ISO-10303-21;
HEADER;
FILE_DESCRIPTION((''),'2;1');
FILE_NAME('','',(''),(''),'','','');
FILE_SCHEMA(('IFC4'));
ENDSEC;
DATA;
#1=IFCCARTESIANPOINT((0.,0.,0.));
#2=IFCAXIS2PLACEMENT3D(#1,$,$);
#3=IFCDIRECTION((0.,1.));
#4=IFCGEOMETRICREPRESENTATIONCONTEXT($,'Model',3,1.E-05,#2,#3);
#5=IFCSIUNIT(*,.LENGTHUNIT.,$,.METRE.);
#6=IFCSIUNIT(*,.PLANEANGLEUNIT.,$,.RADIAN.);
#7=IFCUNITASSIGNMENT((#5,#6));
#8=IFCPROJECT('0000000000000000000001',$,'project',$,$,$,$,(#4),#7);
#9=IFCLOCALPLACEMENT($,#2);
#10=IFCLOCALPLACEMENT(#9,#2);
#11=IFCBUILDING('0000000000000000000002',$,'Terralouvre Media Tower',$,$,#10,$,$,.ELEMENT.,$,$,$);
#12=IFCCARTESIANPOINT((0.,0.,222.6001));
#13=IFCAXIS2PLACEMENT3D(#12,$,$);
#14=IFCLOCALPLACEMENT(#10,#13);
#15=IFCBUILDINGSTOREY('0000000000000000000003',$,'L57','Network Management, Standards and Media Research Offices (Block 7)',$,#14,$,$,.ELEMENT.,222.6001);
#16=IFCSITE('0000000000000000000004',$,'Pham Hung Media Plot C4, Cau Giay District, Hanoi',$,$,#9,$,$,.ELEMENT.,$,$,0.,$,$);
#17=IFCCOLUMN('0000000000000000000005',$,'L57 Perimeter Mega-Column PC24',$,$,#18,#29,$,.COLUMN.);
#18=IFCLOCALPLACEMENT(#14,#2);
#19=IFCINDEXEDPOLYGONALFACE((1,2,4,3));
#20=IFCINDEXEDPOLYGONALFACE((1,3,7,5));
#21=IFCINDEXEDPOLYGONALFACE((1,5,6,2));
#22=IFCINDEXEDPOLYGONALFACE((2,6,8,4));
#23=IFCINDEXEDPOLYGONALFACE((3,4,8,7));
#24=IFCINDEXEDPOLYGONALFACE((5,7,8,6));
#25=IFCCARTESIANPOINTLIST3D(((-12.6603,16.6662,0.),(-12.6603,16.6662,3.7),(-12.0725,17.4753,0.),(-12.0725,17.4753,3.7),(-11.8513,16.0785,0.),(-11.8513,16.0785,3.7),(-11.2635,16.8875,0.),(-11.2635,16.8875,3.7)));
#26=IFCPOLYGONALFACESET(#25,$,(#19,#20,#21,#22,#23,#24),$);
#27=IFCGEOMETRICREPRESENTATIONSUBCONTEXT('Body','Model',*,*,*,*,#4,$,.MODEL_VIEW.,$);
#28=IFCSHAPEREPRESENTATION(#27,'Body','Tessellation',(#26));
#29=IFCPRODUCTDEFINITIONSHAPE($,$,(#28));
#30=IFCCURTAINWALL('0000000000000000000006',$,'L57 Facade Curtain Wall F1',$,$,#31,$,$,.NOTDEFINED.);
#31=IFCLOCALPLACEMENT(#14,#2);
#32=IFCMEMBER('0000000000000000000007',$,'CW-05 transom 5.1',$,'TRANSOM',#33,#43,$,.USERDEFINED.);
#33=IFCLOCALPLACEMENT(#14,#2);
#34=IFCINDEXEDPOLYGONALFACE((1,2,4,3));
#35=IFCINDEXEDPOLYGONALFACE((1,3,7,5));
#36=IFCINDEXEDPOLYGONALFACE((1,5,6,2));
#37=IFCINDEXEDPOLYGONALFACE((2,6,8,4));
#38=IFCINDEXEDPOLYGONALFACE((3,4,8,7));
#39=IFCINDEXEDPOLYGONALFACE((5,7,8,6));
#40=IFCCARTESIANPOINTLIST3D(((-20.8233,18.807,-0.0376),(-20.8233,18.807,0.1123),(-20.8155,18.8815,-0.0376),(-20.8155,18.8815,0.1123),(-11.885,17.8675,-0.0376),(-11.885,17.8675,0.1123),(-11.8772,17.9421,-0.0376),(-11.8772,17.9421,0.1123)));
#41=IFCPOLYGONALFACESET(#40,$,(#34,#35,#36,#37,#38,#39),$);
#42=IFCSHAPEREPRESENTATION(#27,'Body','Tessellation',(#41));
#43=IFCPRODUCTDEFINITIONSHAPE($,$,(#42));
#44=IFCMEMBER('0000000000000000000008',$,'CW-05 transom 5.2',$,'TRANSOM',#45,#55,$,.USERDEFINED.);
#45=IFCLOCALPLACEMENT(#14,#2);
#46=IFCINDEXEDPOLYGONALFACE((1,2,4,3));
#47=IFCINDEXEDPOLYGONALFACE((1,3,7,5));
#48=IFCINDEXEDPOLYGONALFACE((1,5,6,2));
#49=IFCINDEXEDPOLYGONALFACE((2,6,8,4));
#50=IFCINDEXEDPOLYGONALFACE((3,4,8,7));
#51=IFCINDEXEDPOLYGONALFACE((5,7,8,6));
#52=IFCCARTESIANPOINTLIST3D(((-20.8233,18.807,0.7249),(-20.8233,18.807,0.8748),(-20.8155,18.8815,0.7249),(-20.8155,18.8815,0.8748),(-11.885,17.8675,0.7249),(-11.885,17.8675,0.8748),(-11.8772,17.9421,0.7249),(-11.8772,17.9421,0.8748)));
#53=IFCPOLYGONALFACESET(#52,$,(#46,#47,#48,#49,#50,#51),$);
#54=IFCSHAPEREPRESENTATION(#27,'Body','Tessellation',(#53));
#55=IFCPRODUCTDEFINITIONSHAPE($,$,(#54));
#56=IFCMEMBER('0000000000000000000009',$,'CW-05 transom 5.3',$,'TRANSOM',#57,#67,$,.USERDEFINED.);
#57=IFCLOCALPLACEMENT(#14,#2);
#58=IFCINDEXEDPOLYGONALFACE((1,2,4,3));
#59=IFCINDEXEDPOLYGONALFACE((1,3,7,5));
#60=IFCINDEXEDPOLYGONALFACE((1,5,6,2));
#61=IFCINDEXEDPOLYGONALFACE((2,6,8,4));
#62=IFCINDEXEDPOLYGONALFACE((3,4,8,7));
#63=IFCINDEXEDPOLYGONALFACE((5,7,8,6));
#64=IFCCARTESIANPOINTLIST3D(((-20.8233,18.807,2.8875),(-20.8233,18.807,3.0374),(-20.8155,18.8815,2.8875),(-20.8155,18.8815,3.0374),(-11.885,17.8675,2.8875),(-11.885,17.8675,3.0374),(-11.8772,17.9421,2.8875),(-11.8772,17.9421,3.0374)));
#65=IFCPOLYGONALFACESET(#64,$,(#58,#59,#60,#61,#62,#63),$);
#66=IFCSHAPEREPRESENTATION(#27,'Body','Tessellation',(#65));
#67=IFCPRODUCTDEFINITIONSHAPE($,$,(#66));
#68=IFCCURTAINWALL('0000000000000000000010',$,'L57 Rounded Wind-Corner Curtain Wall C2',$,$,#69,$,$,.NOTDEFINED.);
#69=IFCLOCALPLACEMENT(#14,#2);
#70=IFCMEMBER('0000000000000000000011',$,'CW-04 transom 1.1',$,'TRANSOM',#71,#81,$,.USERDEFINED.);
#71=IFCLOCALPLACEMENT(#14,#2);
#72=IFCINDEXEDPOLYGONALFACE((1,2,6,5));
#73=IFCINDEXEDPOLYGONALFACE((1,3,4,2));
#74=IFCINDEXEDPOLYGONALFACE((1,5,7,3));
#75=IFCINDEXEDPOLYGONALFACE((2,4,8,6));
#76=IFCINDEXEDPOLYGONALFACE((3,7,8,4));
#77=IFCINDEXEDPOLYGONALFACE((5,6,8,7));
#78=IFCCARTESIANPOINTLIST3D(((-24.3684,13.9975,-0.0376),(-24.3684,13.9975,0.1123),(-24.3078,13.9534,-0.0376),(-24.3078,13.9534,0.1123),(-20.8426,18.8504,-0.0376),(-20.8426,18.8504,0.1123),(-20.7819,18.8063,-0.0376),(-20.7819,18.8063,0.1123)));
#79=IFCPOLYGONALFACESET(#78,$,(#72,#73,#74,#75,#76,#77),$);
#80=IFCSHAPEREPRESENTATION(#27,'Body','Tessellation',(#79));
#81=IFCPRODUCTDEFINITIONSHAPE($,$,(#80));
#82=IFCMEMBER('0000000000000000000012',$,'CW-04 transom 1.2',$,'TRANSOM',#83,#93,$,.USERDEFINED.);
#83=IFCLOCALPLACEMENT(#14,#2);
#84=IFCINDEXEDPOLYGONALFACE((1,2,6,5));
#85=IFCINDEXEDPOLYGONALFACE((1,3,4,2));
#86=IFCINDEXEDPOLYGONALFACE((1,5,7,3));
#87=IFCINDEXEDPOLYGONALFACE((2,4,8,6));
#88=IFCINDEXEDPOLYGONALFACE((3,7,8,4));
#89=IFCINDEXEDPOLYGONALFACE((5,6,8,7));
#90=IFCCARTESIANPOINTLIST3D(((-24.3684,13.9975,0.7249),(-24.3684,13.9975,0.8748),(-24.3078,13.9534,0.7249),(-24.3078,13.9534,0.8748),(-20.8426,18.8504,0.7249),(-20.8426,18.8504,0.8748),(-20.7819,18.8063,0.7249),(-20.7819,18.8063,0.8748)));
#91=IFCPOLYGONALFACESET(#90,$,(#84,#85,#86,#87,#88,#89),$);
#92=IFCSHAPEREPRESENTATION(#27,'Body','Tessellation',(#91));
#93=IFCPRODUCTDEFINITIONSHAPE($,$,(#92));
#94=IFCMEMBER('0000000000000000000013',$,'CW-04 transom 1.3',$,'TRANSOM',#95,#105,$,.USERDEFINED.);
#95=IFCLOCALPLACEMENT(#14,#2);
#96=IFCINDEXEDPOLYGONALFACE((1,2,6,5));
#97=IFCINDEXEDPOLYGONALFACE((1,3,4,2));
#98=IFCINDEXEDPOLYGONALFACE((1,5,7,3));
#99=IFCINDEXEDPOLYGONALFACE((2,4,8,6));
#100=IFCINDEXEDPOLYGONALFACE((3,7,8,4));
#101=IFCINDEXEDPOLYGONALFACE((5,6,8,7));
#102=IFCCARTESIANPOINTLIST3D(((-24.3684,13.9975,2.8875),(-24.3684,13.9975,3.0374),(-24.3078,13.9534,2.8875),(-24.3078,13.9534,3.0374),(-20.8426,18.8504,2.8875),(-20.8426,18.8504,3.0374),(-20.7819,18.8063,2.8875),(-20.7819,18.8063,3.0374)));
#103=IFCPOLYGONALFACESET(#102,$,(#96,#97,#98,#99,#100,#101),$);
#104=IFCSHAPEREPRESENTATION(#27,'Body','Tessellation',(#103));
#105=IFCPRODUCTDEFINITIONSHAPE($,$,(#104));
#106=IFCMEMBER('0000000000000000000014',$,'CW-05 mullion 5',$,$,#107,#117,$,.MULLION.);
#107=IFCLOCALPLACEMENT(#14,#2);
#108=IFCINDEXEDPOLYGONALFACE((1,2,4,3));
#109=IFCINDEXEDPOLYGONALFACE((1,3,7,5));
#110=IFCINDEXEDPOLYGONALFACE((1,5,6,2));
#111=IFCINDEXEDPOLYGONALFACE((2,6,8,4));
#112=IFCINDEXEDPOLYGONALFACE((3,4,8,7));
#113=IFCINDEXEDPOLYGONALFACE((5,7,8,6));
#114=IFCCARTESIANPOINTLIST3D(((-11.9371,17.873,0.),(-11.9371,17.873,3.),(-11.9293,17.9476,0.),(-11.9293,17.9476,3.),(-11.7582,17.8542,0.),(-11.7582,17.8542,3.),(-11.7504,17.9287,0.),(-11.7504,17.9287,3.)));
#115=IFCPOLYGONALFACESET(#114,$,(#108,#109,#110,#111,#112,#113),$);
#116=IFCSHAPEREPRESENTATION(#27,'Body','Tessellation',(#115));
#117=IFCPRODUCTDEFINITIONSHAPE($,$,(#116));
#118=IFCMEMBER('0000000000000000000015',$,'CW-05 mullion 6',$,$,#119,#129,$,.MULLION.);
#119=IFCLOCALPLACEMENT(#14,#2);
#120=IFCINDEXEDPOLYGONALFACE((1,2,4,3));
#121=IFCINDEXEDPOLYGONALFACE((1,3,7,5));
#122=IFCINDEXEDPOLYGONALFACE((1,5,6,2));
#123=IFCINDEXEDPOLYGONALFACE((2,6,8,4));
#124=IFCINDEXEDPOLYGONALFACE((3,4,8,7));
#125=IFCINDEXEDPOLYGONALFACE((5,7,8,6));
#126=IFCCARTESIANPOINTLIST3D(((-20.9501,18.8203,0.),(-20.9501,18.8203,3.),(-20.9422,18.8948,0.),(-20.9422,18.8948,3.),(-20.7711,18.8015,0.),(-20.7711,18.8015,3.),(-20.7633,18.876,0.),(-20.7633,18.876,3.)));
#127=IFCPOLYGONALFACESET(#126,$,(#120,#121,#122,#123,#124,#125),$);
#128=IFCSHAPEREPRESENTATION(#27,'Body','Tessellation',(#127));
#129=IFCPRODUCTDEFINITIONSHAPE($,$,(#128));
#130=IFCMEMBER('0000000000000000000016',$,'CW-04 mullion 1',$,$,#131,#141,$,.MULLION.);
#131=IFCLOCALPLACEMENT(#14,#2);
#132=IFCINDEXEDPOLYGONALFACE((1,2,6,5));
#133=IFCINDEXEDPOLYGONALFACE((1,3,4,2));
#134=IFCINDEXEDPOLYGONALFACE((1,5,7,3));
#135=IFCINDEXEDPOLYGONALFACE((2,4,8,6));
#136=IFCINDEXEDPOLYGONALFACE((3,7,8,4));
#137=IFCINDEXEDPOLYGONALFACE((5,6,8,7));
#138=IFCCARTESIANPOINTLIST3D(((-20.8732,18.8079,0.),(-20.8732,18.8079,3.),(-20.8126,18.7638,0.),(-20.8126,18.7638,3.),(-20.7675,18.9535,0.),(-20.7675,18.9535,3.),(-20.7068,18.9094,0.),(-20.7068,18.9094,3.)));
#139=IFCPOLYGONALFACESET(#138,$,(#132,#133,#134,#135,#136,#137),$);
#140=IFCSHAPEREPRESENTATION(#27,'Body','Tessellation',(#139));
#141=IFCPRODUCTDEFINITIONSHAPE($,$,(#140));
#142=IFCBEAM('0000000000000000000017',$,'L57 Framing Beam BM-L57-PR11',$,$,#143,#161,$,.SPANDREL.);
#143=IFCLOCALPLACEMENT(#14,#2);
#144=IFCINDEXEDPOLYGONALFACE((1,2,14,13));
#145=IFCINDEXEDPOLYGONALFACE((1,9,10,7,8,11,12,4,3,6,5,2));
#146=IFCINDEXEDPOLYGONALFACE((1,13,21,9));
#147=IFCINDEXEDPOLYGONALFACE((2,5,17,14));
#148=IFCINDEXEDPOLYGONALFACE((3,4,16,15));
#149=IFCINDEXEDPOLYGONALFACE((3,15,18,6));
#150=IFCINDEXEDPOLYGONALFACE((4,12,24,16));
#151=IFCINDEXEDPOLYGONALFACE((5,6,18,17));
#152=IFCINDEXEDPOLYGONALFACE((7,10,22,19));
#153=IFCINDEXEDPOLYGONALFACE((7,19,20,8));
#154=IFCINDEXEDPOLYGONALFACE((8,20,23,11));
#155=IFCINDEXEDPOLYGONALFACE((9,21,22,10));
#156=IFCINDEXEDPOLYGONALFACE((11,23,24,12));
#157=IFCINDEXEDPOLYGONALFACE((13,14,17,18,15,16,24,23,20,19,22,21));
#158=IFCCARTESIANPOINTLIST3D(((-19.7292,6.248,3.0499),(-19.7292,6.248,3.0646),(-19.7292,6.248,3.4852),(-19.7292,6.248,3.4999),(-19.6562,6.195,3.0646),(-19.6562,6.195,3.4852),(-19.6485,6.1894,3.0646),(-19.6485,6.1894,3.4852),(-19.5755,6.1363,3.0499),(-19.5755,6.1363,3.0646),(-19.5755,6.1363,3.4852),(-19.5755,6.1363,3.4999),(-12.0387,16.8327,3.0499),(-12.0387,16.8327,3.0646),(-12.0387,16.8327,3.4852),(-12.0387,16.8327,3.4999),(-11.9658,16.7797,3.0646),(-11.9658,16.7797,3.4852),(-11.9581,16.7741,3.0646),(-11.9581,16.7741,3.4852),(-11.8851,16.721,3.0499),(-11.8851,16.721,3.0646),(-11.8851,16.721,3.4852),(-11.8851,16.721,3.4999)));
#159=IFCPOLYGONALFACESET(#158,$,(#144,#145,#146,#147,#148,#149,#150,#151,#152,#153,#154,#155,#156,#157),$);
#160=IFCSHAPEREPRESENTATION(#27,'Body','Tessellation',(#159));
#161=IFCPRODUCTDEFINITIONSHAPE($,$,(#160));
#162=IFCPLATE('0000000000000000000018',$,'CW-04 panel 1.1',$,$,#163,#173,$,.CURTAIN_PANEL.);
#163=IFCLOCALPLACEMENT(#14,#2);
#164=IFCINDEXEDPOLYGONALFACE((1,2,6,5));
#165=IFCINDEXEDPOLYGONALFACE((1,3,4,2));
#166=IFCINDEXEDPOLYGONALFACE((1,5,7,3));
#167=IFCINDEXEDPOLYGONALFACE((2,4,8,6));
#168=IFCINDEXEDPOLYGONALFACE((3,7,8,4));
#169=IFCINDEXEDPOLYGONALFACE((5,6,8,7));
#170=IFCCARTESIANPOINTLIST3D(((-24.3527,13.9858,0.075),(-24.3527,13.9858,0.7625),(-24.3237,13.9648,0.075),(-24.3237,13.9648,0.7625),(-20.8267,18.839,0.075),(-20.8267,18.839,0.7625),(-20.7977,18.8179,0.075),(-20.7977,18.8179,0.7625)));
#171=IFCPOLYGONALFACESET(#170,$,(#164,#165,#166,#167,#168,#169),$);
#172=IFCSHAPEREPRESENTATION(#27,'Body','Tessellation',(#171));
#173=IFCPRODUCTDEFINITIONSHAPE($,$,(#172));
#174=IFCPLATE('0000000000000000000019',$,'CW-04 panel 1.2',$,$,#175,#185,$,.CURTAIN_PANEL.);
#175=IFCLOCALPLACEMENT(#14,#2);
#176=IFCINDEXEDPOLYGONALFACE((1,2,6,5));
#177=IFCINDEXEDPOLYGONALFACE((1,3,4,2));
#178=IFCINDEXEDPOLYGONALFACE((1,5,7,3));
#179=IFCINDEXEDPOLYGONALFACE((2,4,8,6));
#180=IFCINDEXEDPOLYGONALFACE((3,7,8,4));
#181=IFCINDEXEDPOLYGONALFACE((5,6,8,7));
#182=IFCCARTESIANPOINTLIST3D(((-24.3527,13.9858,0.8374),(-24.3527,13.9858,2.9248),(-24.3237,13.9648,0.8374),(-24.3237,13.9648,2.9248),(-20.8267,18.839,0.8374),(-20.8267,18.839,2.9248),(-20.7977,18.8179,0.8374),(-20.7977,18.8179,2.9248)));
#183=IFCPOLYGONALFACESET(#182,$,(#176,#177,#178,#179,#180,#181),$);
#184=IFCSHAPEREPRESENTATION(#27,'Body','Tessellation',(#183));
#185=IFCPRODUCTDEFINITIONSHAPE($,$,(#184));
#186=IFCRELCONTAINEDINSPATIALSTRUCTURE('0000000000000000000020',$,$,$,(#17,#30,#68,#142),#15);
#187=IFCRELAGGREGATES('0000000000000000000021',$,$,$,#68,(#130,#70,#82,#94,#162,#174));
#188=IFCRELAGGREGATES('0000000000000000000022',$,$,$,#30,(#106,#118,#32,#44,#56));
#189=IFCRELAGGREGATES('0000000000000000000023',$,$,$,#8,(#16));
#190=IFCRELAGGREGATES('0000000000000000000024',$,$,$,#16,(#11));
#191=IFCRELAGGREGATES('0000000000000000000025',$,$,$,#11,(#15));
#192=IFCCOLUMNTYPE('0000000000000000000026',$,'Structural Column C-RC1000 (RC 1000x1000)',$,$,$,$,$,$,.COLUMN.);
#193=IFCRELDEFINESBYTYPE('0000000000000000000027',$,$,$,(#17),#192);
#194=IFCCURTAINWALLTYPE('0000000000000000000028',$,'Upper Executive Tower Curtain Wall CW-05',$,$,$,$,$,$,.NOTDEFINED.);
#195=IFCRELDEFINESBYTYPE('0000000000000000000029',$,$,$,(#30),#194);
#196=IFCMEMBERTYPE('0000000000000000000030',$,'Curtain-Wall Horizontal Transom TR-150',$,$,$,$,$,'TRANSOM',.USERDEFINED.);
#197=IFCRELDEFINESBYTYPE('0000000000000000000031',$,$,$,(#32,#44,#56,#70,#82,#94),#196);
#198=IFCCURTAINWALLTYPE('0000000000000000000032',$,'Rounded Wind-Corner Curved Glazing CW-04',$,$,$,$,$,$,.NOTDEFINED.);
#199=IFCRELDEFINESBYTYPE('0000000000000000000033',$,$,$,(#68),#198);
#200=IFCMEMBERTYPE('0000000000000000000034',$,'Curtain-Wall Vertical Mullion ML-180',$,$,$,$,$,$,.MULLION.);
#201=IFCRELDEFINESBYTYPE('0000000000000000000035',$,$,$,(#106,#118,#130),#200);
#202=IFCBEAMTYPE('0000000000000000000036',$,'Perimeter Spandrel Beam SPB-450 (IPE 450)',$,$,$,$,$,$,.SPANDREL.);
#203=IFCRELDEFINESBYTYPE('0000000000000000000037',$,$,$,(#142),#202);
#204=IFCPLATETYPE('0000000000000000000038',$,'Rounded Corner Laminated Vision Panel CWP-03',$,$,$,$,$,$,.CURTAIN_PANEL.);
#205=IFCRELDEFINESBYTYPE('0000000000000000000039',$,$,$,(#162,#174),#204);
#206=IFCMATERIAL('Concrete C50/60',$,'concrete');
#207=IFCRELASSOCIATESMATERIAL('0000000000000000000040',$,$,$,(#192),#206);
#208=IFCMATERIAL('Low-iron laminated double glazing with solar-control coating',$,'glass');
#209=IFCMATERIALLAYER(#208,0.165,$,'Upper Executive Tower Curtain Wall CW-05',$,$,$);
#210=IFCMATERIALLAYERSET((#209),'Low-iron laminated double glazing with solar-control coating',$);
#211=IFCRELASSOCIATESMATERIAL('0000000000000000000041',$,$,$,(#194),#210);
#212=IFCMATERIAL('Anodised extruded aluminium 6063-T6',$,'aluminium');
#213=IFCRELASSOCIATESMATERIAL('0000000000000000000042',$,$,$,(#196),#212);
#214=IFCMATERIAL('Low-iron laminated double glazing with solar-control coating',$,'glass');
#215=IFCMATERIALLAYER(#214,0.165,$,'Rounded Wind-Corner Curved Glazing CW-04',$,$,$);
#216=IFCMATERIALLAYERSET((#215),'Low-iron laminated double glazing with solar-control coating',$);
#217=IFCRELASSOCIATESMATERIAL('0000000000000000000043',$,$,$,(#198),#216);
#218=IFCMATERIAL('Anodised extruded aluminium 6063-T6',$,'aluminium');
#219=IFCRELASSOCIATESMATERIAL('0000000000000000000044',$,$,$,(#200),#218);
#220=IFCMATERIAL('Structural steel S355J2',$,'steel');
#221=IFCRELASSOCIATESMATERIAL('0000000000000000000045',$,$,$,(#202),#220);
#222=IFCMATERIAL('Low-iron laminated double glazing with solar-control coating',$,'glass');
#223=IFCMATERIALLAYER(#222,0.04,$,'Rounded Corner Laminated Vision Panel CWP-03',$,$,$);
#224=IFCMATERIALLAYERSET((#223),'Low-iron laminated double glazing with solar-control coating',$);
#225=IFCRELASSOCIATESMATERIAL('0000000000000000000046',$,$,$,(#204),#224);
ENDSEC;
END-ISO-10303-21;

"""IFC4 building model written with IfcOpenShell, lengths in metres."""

from ifc_helpers import new_model, si_unit, direction, frame, origin, origin_2d, place, context, subcontext, project, spatial, rectangle, i_section, extrude, material, layer, layer_set, material_profile, profile_set, type_object, element, aggregate, save


model = new_model("IFC4")

# Units and contexts
model_context = context("Model", 3, precision=1e-05, world=origin(), true_north=direction((0.0, 1.0)))
body_context = subcontext(model_context, "Body", "Model", "MODEL_VIEW")
ifc_project = project(units=[si_unit("LENGTHUNIT", "METRE"), si_unit("PLANEANGLEUNIT", "RADIAN")], contexts=[model_context])

# Site, building, storey
site_placement = place(None, origin())
site = spatial("IfcSite", under=ifc_project, at=site_placement, Name="Pham Hung Media Plot C4, Cau Giay District, Hanoi", CompositionType="ELEMENT", RefElevation=0.0)
building_placement = place(site_placement, origin())
building = spatial("IfcBuilding", under=site, at=building_placement, Name="Terralouvre Media Tower", CompositionType="ELEMENT")
storey_placement = place(building_placement, frame((0.0, 0.0, 222.6001)))
storey = spatial("IfcBuildingStorey", under=building, at=storey_placement, Name="L57", Description="Network Management, Standards and Media Research Offices (Block 7)", CompositionType="ELEMENT", Elevation=222.6001)

# Column
ifc_material_1 = material(Name="Concrete C50/60", Category="concrete")
ifc_material_profile_1 = material_profile(ifc_material_1, rectangle(XDim=1.0, YDim=1.0, at=origin_2d()), Name="RC 1000x1000")
ifc_profile_set_1 = profile_set([ifc_material_profile_1], Name="Concrete C50/60")
column_type = type_object("IfcColumnType", Name="Structural Column C-RC1000 (RC 1000x1000)", PredefinedType="COLUMN", material=ifc_profile_set_1)
column_placement = place(storey_placement, frame((-11.9619, 16.7769, 0.0), z_axis=(0.0, 0.0, 1.0), x_axis=(0.587785, 0.809017, 0.0)))
element("IfcColumn", 1, at=column_placement, inside=storey, type_object=column_type, Name="L57 Perimeter Mega-Column PC24", PredefinedType="COLUMN", context=body_context, shape_type="SweptSolid", body=[
    extrude(rectangle(XDim=1.0, YDim=1.0, at=origin_2d()), origin(), (0.0, 0.0, 1.0), 3.7),
])

# Curtain walls, members
ifc_material_2 = material(Name="Low-iron laminated double glazing with solar-control coating", Category="glass")
ifc_layer_1 = layer(ifc_material_2, 0.165, Name="Upper Executive Tower Curtain Wall CW-05")
ifc_layer_set_1 = layer_set([ifc_layer_1], Name="Low-iron laminated double glazing with solar-control coating")
curtain_wall_type_1 = type_object("IfcCurtainWallType", Name="Upper Executive Tower Curtain Wall CW-05", PredefinedType="NOTDEFINED", material=ifc_layer_set_1)
curtain_wall_1_placement = place(storey_placement, origin())
curtain_wall_1 = element("IfcCurtainWall", 2, at=curtain_wall_1_placement, inside=storey, type_object=curtain_wall_type_1, Name="L57 Facade Curtain Wall F1", PredefinedType="NOTDEFINED")
ifc_material_3 = material(Name="Anodised extruded aluminium 6063-T6", Category="aluminium")
ifc_material_profile_2 = material_profile(ifc_material_3, rectangle(XDim=0.075, YDim=0.1499, at=origin_2d()), Name="ALU 75x150")
ifc_profile_set_2 = profile_set([ifc_material_profile_2], Name="Anodised extruded aluminium 6063-T6")
member_type_1 = type_object("IfcMemberType", Name="Curtain-Wall Horizontal Transom TR-150", ElementType="TRANSOM", PredefinedType="USERDEFINED", material=ifc_profile_set_2)
member_1_placement = place(storey_placement, frame((-11.8811, 17.9048, 0.0374), z_axis=(-0.994522, 0.104529, 0.0), x_axis=(-0.104529, -0.994522, 0.0)))
member_1 = element("IfcMember", 3, at=member_1_placement, type_object=member_type_1, Name="CW-05 transom 5.1", ObjectType="TRANSOM", PredefinedType="USERDEFINED", context=body_context, shape_type="SweptSolid", body=[
    extrude(rectangle(XDim=0.075, YDim=0.1499, at=origin_2d()), origin(), (0.0, 0.0, 1.0), 8.9875),
])
member_2_placement = place(storey_placement, frame((-11.8811, 17.9048, 0.7998), z_axis=(-0.994522, 0.104529, 0.0), x_axis=(-0.104529, -0.994522, 0.0)))
member_2 = element("IfcMember", 4, at=member_2_placement, type_object=member_type_1, Name="CW-05 transom 5.2", ObjectType="TRANSOM", PredefinedType="USERDEFINED", context=body_context, shape_type="SweptSolid", body=[
    extrude(rectangle(XDim=0.075, YDim=0.1499, at=origin_2d()), origin(), (0.0, 0.0, 1.0), 8.9875),
])
member_3_placement = place(storey_placement, frame((-11.8811, 17.9048, 2.9624), z_axis=(-0.994522, 0.104529, 0.0), x_axis=(-0.104529, -0.994522, 0.0)))
member_3 = element("IfcMember", 5, at=member_3_placement, type_object=member_type_1, Name="CW-05 transom 5.3", ObjectType="TRANSOM", PredefinedType="USERDEFINED", context=body_context, shape_type="SweptSolid", body=[
    extrude(rectangle(XDim=0.075, YDim=0.1499, at=origin_2d()), origin(), (0.0, 0.0, 1.0), 8.9875),
])
ifc_material_4 = material(Name="Low-iron laminated double glazing with solar-control coating", Category="glass")
ifc_layer_2 = layer(ifc_material_4, 0.165, Name="Rounded Wind-Corner Curved Glazing CW-04")
ifc_layer_set_2 = layer_set([ifc_layer_2], Name="Low-iron laminated double glazing with solar-control coating")
curtain_wall_type_2 = type_object("IfcCurtainWallType", Name="Rounded Wind-Corner Curved Glazing CW-04", PredefinedType="NOTDEFINED", material=ifc_layer_set_2)
curtain_wall_2_placement = place(storey_placement, origin())
curtain_wall_2 = element("IfcCurtainWall", 6, at=curtain_wall_2_placement, inside=storey, type_object=curtain_wall_type_2, Name="L57 Rounded Wind-Corner Curtain Wall C2", PredefinedType="NOTDEFINED")
member_4_placement = place(storey_placement, frame((-20.8123, 18.8284, 0.0374), z_axis=(-0.58778, -0.809021, 0.0), x_axis=(0.809021, -0.58778, 0.0)))
member_4 = element("IfcMember", 7, at=member_4_placement, type_object=member_type_1, Name="CW-04 transom 1.1", ObjectType="TRANSOM", PredefinedType="USERDEFINED", context=body_context, shape_type="SweptSolid", body=[
    extrude(rectangle(XDim=0.075, YDim=0.1499, at=origin_2d()), origin(), (0.0, 0.0, 1.0), 5.9985),
])
member_5_placement = place(storey_placement, frame((-20.8123, 18.8284, 0.7998), z_axis=(-0.58778, -0.809021, 0.0), x_axis=(0.809021, -0.58778, 0.0)))
member_5 = element("IfcMember", 8, at=member_5_placement, type_object=member_type_1, Name="CW-04 transom 1.2", ObjectType="TRANSOM", PredefinedType="USERDEFINED", context=body_context, shape_type="SweptSolid", body=[
    extrude(rectangle(XDim=0.075, YDim=0.1499, at=origin_2d()), origin(), (0.0, 0.0, 1.0), 5.9985),
])
member_6_placement = place(storey_placement, frame((-20.8123, 18.8284, 2.9624), z_axis=(-0.58778, -0.809021, 0.0), x_axis=(0.809021, -0.58778, 0.0)))
member_6 = element("IfcMember", 9, at=member_6_placement, type_object=member_type_1, Name="CW-04 transom 1.3", ObjectType="TRANSOM", PredefinedType="USERDEFINED", context=body_context, shape_type="SweptSolid", body=[
    extrude(rectangle(XDim=0.075, YDim=0.1499, at=origin_2d()), origin(), (0.0, 0.0, 1.0), 5.9985),
])

# Members
ifc_material_5 = material(Name="Anodised extruded aluminium 6063-T6", Category="aluminium")
ifc_material_profile_3 = material_profile(ifc_material_5, rectangle(XDim=0.075, YDim=0.1799, at=origin_2d()), Name="ALU 75x180")
ifc_profile_set_3 = profile_set([ifc_material_profile_3], Name="Anodised extruded aluminium 6063-T6")
member_type_2 = type_object("IfcMemberType", Name="Curtain-Wall Vertical Mullion ML-180", PredefinedType="MULLION", material=ifc_profile_set_3)
member_7_placement = place(storey_placement, frame((-11.8438, 17.9009, 0.0), z_axis=(0.0, 0.0, 1.0), x_axis=(-0.104529, -0.994522, 0.0)))
member_7 = element("IfcMember", 10, at=member_7_placement, type_object=member_type_2, Name="CW-05 mullion 5", PredefinedType="MULLION", context=body_context, shape_type="SweptSolid", body=[
    extrude(rectangle(XDim=0.075, YDim=0.1799, at=origin_2d()), origin(), (0.0, 0.0, 1.0), 3.0),
])
member_8_placement = place(storey_placement, frame((-20.8567, 18.8481, 0.0), z_axis=(0.0, 0.0, 1.0), x_axis=(-0.104529, -0.994522, 0.0)))
member_8 = element("IfcMember", 11, at=member_8_placement, type_object=member_type_2, Name="CW-05 mullion 6", PredefinedType="MULLION", context=body_context, shape_type="SweptSolid", body=[
    extrude(rectangle(XDim=0.075, YDim=0.1799, at=origin_2d()), origin(), (0.0, 0.0, 1.0), 3.0),
])
member_9_placement = place(storey_placement, frame((-20.79, 18.8586, 0.0), z_axis=(0.0, 0.0, 1.0), x_axis=(0.809017, -0.587786, 0.0)))
member_9 = element("IfcMember", 12, at=member_9_placement, type_object=member_type_2, Name="CW-04 mullion 1", PredefinedType="MULLION", context=body_context, shape_type="SweptSolid", body=[
    extrude(rectangle(XDim=0.075, YDim=0.1799, at=origin_2d()), origin(), (0.0, 0.0, 1.0), 3.0),
])

# Beam
ifc_material_6 = material(Name="Structural steel S355J2", Category="steel")
ifc_material_profile_4 = material_profile(ifc_material_6, i_section(OverallWidth=0.1899, OverallDepth=0.45, WebThickness=0.0095, FlangeThickness=0.0146, at=origin_2d()), Name="IPE 450")
ifc_profile_set_4 = profile_set([ifc_material_profile_4], Name="Structural steel S355J2")
beam_type = type_object("IfcBeamType", Name="Perimeter Spandrel Beam SPB-450 (IPE 450)", PredefinedType="SPANDREL", material=ifc_profile_set_4)
beam_placement = place(storey_placement, frame((-11.9619, 16.7769, 3.2749), z_axis=(-0.587794, -0.80901, 0.0), x_axis=(0.80901, -0.587794, 0.0)))
element("IfcBeam", 13, at=beam_placement, inside=storey, type_object=beam_type, Name="L57 Framing Beam BM-L57-PR11", PredefinedType="SPANDREL", context=body_context, shape_type="SweptSolid", body=[
    extrude(i_section(OverallWidth=0.1899, OverallDepth=0.45, WebThickness=0.0095, FlangeThickness=0.0146, at=origin_2d()), origin(), (0.0, 0.0, 1.0), 13.0835),
])

# Plates
ifc_material_7 = material(Name="Low-iron laminated double glazing with solar-control coating", Category="glass")
ifc_layer_3 = layer(ifc_material_7, 0.04, Name="Rounded Corner Laminated Vision Panel CWP-03")
ifc_layer_set_3 = layer_set([ifc_layer_3], Name="Low-iron laminated double glazing with solar-control coating")
plate_type_1 = type_object("IfcPlateType", Name="Rounded Corner Laminated Vision Panel CWP-03", PredefinedType="CURTAIN_PANEL", material=ifc_layer_set_3)
plate_1_placement = place(storey_placement, frame((-22.5752, 16.4019, 0.075), z_axis=(0.0, 0.0, 1.0), x_axis=(-0.587786, -0.809017, 0.0)))
plate_1 = element("IfcPlate", 14, at=plate_1_placement, type_object=plate_type_1, Name="CW-04 panel 1.1", PredefinedType="CURTAIN_PANEL", context=body_context, shape_type="SweptSolid", body=[
    extrude(rectangle(XDim=5.9988, YDim=0.0359, at=origin_2d()), origin(), (0.0, 0.0, 1.0), 0.6875),
])
plate_2_placement = place(storey_placement, frame((-22.5752, 16.4019, 0.8374), z_axis=(0.0, 0.0, 1.0), x_axis=(-0.587786, -0.809017, 0.0)))
plate_2 = element("IfcPlate", 15, at=plate_2_placement, type_object=plate_type_1, Name="CW-04 panel 1.2", PredefinedType="CURTAIN_PANEL", context=body_context, shape_type="SweptSolid", body=[
    extrude(rectangle(XDim=5.9988, YDim=0.0359, at=origin_2d()), origin(), (0.0, 0.0, 1.0), 2.0874),
])
aggregate(curtain_wall_2, [member_9, member_4, member_5, member_6, plate_1, plate_2])
aggregate(curtain_wall_1, [member_7, member_8, member_1, member_2, member_3])

save(model, "model.ifc")
